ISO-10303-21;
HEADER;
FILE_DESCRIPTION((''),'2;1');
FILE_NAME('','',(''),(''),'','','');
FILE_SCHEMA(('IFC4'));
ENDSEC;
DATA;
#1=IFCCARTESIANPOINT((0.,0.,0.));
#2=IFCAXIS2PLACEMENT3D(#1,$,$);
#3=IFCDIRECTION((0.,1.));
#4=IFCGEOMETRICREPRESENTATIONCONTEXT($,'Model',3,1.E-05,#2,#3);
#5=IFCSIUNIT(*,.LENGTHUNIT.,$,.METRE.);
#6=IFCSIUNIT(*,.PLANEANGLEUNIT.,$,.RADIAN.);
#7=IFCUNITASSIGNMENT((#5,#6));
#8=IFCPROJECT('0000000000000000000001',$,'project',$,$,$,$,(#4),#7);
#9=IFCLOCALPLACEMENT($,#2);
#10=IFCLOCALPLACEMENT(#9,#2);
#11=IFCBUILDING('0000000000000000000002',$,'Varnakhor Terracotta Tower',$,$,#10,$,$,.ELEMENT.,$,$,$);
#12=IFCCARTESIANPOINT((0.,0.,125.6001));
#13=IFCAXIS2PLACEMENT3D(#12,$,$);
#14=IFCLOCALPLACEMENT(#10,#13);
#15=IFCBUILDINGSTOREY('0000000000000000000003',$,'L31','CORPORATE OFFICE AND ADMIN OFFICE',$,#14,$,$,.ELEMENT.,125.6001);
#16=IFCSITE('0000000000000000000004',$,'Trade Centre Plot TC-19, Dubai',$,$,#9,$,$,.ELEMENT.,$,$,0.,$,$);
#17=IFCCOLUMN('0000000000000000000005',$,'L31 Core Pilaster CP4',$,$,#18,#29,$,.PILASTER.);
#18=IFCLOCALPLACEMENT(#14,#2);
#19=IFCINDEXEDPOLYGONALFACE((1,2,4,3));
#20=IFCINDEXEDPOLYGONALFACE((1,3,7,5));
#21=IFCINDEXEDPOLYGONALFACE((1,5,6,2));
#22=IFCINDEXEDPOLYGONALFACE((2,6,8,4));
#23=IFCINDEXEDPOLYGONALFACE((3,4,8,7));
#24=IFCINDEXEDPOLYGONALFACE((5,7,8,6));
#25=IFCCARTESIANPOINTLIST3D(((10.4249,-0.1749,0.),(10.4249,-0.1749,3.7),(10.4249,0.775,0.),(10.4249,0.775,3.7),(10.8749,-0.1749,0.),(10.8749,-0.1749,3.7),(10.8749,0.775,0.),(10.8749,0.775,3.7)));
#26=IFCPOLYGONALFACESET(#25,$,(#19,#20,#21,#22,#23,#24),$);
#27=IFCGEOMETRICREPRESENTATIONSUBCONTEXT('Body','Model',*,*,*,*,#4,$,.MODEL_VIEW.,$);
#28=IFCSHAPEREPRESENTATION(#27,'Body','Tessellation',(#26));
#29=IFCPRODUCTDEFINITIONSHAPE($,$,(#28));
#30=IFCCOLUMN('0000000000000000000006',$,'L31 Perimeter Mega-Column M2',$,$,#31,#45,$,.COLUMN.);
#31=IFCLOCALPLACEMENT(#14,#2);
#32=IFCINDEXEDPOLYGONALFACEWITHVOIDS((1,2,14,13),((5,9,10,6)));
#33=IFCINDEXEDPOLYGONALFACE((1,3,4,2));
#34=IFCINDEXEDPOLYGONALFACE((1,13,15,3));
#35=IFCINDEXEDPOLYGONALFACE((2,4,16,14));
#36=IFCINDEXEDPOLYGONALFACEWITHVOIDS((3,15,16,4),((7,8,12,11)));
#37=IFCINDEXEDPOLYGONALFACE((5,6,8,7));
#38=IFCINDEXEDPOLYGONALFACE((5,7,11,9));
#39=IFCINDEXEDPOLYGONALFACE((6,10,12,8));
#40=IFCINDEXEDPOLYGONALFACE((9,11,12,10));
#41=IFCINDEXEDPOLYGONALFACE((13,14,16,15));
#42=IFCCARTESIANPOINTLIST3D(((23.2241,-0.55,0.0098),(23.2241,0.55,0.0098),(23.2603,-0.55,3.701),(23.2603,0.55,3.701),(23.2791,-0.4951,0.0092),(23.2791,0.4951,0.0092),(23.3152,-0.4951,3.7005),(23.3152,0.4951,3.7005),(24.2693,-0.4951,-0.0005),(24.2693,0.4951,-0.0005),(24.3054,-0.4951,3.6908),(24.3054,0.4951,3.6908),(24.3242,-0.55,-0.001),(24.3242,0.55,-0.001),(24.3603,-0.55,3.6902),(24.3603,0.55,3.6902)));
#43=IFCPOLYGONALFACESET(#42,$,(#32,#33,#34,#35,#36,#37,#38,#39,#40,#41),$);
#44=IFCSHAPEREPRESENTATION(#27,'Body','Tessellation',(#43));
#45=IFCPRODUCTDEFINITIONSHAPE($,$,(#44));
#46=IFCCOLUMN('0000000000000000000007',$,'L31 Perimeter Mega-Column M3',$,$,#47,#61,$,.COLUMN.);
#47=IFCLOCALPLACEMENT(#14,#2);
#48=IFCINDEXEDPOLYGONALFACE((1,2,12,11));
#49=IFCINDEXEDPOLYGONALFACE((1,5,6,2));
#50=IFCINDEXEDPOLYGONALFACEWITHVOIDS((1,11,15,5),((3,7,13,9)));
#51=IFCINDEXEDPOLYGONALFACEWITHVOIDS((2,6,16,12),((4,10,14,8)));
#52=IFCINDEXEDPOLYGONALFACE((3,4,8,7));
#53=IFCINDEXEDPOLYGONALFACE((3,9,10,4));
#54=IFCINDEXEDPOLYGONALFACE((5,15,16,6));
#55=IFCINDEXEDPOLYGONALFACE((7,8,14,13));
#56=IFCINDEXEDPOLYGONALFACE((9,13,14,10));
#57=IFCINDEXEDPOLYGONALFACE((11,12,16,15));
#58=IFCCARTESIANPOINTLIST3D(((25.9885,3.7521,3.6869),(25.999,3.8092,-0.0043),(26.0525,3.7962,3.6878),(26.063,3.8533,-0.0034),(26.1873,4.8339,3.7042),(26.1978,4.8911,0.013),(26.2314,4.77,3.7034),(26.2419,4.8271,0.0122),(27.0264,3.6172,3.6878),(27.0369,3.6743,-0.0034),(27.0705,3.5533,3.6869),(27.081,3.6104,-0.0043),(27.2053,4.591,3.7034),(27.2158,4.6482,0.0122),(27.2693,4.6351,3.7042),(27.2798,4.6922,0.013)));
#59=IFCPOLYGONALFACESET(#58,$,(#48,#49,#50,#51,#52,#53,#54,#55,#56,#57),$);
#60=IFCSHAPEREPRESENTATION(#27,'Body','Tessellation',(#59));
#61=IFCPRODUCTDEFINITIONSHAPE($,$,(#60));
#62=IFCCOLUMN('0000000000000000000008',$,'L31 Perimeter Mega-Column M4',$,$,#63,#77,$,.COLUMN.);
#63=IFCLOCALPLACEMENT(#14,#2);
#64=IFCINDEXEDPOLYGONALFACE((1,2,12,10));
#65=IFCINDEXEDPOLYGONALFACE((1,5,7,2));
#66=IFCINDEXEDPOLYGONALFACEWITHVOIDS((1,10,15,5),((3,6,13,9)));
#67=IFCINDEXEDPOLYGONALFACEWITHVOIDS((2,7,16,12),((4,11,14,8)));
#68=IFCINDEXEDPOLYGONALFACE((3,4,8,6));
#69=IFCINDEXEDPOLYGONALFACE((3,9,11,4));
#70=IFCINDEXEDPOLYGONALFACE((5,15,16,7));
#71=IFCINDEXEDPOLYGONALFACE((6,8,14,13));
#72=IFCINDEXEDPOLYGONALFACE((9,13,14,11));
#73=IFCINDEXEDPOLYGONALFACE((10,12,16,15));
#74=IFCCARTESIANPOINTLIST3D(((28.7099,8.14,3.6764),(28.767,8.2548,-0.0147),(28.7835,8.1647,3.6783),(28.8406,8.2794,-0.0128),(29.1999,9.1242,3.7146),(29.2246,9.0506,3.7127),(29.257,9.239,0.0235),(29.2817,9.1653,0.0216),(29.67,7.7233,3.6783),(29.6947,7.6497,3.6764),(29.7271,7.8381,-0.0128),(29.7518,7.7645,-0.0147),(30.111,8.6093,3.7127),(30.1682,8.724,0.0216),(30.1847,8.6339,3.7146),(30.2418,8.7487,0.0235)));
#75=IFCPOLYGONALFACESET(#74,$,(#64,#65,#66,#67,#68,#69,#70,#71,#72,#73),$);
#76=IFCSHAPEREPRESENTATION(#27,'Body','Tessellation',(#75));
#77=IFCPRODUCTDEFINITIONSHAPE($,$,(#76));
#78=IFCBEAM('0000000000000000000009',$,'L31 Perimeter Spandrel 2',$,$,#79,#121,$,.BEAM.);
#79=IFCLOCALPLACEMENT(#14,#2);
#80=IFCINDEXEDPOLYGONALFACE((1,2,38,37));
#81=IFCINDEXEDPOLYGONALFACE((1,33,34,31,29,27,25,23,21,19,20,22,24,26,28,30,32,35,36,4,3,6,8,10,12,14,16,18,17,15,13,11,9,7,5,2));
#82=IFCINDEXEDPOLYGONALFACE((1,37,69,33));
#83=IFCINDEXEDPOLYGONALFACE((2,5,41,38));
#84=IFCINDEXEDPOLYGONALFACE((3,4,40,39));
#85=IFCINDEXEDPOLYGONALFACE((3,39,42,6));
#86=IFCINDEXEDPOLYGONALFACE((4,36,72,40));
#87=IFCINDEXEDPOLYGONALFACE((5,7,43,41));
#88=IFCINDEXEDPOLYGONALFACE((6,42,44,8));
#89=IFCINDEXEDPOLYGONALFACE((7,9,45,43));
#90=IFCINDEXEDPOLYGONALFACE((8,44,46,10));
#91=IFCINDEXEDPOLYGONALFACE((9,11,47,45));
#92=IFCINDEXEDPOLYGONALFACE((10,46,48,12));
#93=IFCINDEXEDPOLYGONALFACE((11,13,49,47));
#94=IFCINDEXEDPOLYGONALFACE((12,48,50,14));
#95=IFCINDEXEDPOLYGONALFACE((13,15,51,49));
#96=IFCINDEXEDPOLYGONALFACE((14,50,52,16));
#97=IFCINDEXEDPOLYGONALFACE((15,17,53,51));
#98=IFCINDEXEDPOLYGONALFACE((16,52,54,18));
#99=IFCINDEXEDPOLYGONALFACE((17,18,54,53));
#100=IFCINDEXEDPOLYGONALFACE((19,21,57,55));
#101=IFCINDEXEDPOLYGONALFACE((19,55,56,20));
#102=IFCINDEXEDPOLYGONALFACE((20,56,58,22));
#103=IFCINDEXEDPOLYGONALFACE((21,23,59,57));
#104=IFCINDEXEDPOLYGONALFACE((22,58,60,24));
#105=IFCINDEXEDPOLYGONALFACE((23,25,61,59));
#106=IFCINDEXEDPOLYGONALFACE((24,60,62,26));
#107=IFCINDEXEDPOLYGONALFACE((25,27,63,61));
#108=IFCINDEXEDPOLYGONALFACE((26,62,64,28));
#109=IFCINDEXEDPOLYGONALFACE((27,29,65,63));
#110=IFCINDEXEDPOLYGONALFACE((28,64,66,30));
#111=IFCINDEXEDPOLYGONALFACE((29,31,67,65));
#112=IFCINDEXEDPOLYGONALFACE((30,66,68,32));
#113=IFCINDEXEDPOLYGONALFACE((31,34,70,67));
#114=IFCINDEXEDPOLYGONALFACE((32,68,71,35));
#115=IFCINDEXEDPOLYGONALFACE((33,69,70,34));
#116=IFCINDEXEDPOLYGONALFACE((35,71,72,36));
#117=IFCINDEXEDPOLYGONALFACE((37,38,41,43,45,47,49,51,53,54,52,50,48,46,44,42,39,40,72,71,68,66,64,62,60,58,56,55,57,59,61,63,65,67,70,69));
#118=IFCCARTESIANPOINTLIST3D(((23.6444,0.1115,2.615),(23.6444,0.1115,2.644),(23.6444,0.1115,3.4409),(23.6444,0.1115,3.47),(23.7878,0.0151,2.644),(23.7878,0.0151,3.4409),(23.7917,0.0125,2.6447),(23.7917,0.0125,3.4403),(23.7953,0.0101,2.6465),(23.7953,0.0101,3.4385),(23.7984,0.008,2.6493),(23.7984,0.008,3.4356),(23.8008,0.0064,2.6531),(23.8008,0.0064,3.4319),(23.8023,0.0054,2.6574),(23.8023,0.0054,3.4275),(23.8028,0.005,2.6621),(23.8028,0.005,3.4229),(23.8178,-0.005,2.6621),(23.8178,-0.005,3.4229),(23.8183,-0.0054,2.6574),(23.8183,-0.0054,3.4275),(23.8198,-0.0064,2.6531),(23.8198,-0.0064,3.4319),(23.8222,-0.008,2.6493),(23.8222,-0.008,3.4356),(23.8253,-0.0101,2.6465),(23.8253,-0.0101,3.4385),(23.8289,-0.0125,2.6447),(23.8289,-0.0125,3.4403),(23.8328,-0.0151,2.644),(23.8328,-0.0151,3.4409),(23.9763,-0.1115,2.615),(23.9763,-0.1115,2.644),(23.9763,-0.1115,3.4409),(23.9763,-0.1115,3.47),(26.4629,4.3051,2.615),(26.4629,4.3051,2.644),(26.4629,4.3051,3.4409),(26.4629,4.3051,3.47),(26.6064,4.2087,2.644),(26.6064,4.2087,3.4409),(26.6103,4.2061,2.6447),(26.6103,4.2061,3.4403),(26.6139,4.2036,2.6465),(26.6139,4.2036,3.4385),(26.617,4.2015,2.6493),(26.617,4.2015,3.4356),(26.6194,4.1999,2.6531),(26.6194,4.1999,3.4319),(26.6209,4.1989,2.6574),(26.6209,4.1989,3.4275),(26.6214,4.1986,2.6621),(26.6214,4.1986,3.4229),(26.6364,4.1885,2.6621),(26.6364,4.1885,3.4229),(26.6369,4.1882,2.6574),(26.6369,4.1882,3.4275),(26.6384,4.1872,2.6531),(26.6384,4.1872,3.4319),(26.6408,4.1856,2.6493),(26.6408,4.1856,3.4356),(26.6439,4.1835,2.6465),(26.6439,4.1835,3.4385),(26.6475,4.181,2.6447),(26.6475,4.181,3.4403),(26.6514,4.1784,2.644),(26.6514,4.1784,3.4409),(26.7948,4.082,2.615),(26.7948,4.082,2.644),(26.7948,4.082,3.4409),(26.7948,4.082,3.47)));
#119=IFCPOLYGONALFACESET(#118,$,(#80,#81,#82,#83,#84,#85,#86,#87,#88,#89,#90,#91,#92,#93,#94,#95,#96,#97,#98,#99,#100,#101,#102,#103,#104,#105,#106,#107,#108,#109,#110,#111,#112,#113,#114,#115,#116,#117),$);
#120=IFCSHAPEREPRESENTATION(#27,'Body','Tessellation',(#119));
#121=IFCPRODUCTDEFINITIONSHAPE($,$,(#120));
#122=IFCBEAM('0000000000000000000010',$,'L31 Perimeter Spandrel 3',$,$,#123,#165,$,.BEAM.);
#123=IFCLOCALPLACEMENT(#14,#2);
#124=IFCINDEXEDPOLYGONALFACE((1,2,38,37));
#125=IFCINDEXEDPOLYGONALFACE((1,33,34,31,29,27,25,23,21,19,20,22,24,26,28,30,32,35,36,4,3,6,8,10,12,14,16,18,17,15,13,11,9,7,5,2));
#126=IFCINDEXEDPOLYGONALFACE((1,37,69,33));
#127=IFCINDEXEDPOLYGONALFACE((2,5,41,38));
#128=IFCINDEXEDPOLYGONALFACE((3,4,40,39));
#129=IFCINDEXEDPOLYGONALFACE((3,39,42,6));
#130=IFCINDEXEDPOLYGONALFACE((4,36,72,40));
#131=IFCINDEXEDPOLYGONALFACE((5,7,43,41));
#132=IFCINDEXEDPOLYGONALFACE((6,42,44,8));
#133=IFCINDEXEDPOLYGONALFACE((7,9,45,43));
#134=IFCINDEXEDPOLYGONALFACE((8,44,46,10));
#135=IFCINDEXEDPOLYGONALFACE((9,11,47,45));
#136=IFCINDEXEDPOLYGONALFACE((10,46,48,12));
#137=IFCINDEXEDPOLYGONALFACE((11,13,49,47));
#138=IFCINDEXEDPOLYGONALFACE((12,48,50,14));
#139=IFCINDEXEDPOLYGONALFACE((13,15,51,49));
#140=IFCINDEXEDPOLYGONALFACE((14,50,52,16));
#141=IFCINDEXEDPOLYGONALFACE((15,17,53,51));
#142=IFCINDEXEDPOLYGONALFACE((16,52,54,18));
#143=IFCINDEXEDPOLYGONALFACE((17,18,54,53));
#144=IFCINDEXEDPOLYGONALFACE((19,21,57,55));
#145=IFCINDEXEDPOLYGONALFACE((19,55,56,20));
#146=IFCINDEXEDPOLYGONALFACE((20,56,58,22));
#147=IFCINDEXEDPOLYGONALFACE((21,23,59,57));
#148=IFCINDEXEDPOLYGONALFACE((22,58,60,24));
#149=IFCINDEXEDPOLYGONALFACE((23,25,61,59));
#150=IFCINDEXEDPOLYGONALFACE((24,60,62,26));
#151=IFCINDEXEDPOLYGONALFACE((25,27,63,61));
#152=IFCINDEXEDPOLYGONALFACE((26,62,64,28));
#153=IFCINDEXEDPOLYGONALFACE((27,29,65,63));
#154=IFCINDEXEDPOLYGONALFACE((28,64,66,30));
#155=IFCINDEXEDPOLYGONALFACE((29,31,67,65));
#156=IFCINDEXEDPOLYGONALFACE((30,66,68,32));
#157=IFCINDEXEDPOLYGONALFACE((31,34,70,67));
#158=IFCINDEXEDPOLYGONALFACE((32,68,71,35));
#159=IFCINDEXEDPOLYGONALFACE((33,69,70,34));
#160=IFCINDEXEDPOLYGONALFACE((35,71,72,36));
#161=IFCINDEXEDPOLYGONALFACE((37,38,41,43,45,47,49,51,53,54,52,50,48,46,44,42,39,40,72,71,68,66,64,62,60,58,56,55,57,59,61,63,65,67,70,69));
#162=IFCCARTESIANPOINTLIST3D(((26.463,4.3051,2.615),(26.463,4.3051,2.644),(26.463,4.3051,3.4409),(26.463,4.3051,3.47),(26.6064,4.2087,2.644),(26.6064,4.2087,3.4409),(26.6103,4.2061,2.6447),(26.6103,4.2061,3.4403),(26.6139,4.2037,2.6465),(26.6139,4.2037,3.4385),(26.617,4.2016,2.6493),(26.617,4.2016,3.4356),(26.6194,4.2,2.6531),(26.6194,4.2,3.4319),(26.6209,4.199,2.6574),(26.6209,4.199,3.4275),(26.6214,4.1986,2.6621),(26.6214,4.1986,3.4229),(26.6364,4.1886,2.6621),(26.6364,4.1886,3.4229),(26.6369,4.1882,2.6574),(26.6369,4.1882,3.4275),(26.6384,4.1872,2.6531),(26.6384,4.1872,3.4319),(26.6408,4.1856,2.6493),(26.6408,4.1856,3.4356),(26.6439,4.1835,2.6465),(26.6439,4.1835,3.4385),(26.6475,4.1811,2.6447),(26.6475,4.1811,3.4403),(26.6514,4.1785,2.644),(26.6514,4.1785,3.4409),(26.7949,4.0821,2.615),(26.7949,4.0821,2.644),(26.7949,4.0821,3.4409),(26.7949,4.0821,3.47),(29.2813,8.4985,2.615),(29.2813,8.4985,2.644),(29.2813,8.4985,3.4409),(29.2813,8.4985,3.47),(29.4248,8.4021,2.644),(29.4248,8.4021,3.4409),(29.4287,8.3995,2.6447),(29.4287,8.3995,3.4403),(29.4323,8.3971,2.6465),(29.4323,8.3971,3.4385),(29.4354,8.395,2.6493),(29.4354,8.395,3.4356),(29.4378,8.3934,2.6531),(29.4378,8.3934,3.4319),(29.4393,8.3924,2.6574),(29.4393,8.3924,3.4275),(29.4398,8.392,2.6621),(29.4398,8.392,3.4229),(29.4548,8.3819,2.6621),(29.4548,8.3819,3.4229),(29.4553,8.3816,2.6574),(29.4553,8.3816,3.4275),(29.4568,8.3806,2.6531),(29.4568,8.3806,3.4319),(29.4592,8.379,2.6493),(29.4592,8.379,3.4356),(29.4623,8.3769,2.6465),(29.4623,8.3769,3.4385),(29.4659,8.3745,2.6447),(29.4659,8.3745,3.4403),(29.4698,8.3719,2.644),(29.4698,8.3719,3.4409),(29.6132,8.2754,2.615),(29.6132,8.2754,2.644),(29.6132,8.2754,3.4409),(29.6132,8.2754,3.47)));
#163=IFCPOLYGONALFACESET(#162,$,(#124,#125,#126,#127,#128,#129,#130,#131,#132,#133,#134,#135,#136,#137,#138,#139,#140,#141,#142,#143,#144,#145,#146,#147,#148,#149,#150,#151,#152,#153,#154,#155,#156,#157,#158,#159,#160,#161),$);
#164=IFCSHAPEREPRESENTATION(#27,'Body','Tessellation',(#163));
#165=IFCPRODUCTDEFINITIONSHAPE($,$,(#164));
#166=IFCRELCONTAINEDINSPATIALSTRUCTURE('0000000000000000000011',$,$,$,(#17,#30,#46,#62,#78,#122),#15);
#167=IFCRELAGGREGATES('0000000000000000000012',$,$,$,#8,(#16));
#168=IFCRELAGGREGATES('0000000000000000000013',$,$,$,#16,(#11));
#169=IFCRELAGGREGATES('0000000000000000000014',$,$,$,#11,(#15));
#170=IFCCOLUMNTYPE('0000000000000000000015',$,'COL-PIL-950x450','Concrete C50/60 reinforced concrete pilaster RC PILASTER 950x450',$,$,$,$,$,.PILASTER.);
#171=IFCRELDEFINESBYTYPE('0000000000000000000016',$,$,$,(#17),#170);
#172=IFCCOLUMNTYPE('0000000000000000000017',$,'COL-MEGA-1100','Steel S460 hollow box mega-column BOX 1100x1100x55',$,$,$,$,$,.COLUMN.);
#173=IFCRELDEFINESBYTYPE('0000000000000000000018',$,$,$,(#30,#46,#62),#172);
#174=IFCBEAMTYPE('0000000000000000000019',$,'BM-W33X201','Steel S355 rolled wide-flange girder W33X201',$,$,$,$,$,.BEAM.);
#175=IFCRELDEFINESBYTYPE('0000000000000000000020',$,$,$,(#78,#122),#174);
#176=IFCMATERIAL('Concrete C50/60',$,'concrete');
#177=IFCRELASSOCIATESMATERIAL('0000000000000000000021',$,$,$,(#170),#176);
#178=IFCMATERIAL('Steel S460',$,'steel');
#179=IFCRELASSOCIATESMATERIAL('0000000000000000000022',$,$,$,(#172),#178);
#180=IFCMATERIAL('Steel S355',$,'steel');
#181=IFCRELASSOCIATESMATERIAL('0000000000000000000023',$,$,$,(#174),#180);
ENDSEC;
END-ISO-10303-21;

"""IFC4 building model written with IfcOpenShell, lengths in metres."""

from ifc_helpers import new_model, si_unit, direction, frame, origin, origin_2d, place, context, subcontext, project, spatial, rectangle, hollow_rectangle, i_section, extrude, source, transform, mapped, material, material_profile, profile_set, type_object, element, save


model = new_model("IFC4")

# Units and contexts
model_context = context("Model", 3, precision=1e-05, world=origin(), true_north=direction((0.0, 1.0)))
body_context = subcontext(model_context, "Body", "Model", "MODEL_VIEW")
ifc_project = project(units=[si_unit("LENGTHUNIT", "METRE"), si_unit("PLANEANGLEUNIT", "RADIAN")], contexts=[model_context])

# Site, building, storey
site_placement = place(None, origin())
site = spatial("IfcSite", under=ifc_project, at=site_placement, Name="Trade Centre Plot TC-19, Dubai", CompositionType="ELEMENT", RefElevation=0.0)
building_placement = place(site_placement, origin())
building = spatial("IfcBuilding", under=site, at=building_placement, Name="Varnakhor Terracotta Tower", CompositionType="ELEMENT")
storey_placement = place(building_placement, frame((0.0, 0.0, 125.6001)))
storey = spatial("IfcBuildingStorey", under=building, at=storey_placement, Name="L31", Description="CORPORATE OFFICE AND ADMIN OFFICE", CompositionType="ELEMENT", Elevation=125.6001)

# Columns
ifc_material_1 = material(Name="Concrete C50/60", Category="concrete")
ifc_material_profile_1 = material_profile(ifc_material_1, rectangle(XDim=0.45, YDim=0.95, at=origin_2d()), Name="RC PILASTER 950x450")
ifc_profile_set_1 = profile_set([ifc_material_profile_1], Name="Concrete C50/60")
column_type_1 = type_object("IfcColumnType", Name="COL-PIL-950x450", Description="Concrete C50/60 reinforced concrete pilaster RC PILASTER 950x450", PredefinedType="PILASTER", material=ifc_profile_set_1)
shared_shape_1 = source(origin(), body_context, "Body", "SweptSolid", [
    extrude(rectangle(XDim=0.45, YDim=0.95, at=origin_2d()), origin(), (0.0, 0.0, 1.0), 3.7),
])
column_1_placement = place(storey_placement, frame((10.6499, 0.3, 0.0), z_axis=(0.0, 0.0, 1.0), x_axis=(1.0, 0.0, 0.0)))
element("IfcColumn", 1, at=column_1_placement, inside=storey, type_object=column_type_1, Name="L31 Core Pilaster CP4", PredefinedType="PILASTER", context=body_context, shape_type="MappedRepresentation", body=[
    mapped(shared_shape_1, transform((0.0, 0.0, 0.0), scale=1.0)),
])
ifc_material_2 = material(Name="Steel S460", Category="steel")
ifc_material_profile_2 = material_profile(ifc_material_2, hollow_rectangle(XDim=1.1001, YDim=1.1001, WallThickness=0.0549, at=origin_2d()), Name="BOX 1100x1100x55")
ifc_profile_set_2 = profile_set([ifc_material_profile_2], Name="Steel S460")
column_type_2 = type_object("IfcColumnType", Name="COL-MEGA-1100", Description="Steel S460 hollow box mega-column BOX 1100x1100x55", PredefinedType="COLUMN", material=ifc_profile_set_2)
shared_shape_2 = source(origin(), body_context, "Body", "SweptSolid", [
    extrude(hollow_rectangle(XDim=1.1001, YDim=1.1001, WallThickness=0.0549, at=origin_2d()), origin(), (0.0, 0.0, 1.0), 3.6914),
])
column_2_placement = place(storey_placement, frame((23.7742, 0.0, 0.0044), z_axis=(0.009789, 0.0, 0.999952), x_axis=(0.0, 1.0, 0.0)))
element("IfcColumn", 2, at=column_2_placement, inside=storey, type_object=column_type_2, Name="L31 Perimeter Mega-Column M2", PredefinedType="COLUMN", context=body_context, shape_type="MappedRepresentation", body=[
    mapped(shared_shape_2, transform((0.0, 0.0, 0.0), scale=1.0)),
])
shared_shape_3 = source(origin(), body_context, "Body", "SweptSolid", [
    extrude(hollow_rectangle(XDim=1.1001, YDim=1.1001, WallThickness=0.0549, at=origin_2d()), origin(), (0.0, 0.0, 1.0), 3.6917),
])
column_3_placement = place(storey_placement, frame((26.6394, 4.2507, 0.0044), z_axis=(-0.002844, -0.015475, 0.999876), x_axis=(0.983532, -0.180734, 0.0)))
element("IfcColumn", 3, at=column_3_placement, inside=storey, type_object=column_type_2, Name="L31 Perimeter Mega-Column M3", PredefinedType="COLUMN", context=body_context, shape_type="MappedRepresentation", body=[
    mapped(shared_shape_3, transform((0.0, 0.0, 0.0), scale=1.0)),
])
shared_shape_4 = source(origin(), body_context, "Body", "SweptSolid", [
    extrude(hollow_rectangle(XDim=1.1001, YDim=1.1001, WallThickness=0.0549, at=origin_2d()), origin(), (0.0, 0.0, 1.0), 3.6934),
])
column_4_placement = place(storey_placement, frame((29.5044, 8.5017, 0.0044), z_axis=(-0.015468, -0.031068, 0.999398), x_axis=(0.895188, -0.445689, 0.0)))
element("IfcColumn", 4, at=column_4_placement, inside=storey, type_object=column_type_2, Name="L31 Perimeter Mega-Column M4", PredefinedType="COLUMN", context=body_context, shape_type="MappedRepresentation", body=[
    mapped(shared_shape_4, transform((0.0, 0.0, 0.0), scale=1.0)),
])

# Beams
ifc_material_3 = material(Name="Steel S355", Category="steel")
ifc_material_profile_3 = material_profile(ifc_material_3, i_section(OverallWidth=0.3999, OverallDepth=0.855, WebThickness=0.0181, FlangeThickness=0.0291, FilletRadius=0.0181, at=origin_2d()), Name="W33X201")
ifc_profile_set_3 = profile_set([ifc_material_profile_3], Name="Steel S355")
beam_type_1 = type_object("IfcBeamType", Name="BM-W33X201", Description="Steel S355 rolled wide-flange girder W33X201", PredefinedType="BEAM", material=ifc_profile_set_3)
shared_shape_5 = source(origin(), body_context, "Body", "SweptSolid", [
    extrude(i_section(OverallWidth=0.3999, OverallDepth=0.855, WebThickness=0.0181, FlangeThickness=0.0291, FilletRadius=0.0181, at=origin_2d()), origin(), (0.0, 0.0, 1.0), 5.0527),
])
beam_1_placement = place(storey_placement, frame((23.8103, 0.0, 3.0425), z_axis=(0.557829, 0.829956, 0.0), x_axis=(-0.829956, 0.557829, 0.0)))
element("IfcBeam", 5, at=beam_1_placement, inside=storey, type_object=beam_type_1, Name="L31 Perimeter Spandrel 2", PredefinedType="BEAM", context=body_context, shape_type="MappedRepresentation", body=[
    mapped(shared_shape_5, transform((0.0, 0.0, 0.0), scale=1.0)),
])
shared_shape_6 = source(origin(), body_context, "Body", "SweptSolid", [
    extrude(i_section(OverallWidth=0.3999, OverallDepth=0.855, WebThickness=0.0181, FlangeThickness=0.0291, FilletRadius=0.0181, at=origin_2d()), origin(), (0.0, 0.0, 1.0), 5.0525),
])
beam_2_placement = place(storey_placement, frame((26.6289, 4.1936, 3.0425), z_axis=(0.557819, 0.829963, 0.0), x_axis=(-0.829963, 0.557819, 0.0)))
element("IfcBeam", 6, at=beam_2_placement, inside=storey, type_object=beam_type_1, Name="L31 Perimeter Spandrel 3", PredefinedType="BEAM", context=body_context, shape_type="MappedRepresentation", body=[
    mapped(shared_shape_6, transform((0.0, 0.0, 0.0), scale=1.0)),
])

save(model, "model.ifc")
